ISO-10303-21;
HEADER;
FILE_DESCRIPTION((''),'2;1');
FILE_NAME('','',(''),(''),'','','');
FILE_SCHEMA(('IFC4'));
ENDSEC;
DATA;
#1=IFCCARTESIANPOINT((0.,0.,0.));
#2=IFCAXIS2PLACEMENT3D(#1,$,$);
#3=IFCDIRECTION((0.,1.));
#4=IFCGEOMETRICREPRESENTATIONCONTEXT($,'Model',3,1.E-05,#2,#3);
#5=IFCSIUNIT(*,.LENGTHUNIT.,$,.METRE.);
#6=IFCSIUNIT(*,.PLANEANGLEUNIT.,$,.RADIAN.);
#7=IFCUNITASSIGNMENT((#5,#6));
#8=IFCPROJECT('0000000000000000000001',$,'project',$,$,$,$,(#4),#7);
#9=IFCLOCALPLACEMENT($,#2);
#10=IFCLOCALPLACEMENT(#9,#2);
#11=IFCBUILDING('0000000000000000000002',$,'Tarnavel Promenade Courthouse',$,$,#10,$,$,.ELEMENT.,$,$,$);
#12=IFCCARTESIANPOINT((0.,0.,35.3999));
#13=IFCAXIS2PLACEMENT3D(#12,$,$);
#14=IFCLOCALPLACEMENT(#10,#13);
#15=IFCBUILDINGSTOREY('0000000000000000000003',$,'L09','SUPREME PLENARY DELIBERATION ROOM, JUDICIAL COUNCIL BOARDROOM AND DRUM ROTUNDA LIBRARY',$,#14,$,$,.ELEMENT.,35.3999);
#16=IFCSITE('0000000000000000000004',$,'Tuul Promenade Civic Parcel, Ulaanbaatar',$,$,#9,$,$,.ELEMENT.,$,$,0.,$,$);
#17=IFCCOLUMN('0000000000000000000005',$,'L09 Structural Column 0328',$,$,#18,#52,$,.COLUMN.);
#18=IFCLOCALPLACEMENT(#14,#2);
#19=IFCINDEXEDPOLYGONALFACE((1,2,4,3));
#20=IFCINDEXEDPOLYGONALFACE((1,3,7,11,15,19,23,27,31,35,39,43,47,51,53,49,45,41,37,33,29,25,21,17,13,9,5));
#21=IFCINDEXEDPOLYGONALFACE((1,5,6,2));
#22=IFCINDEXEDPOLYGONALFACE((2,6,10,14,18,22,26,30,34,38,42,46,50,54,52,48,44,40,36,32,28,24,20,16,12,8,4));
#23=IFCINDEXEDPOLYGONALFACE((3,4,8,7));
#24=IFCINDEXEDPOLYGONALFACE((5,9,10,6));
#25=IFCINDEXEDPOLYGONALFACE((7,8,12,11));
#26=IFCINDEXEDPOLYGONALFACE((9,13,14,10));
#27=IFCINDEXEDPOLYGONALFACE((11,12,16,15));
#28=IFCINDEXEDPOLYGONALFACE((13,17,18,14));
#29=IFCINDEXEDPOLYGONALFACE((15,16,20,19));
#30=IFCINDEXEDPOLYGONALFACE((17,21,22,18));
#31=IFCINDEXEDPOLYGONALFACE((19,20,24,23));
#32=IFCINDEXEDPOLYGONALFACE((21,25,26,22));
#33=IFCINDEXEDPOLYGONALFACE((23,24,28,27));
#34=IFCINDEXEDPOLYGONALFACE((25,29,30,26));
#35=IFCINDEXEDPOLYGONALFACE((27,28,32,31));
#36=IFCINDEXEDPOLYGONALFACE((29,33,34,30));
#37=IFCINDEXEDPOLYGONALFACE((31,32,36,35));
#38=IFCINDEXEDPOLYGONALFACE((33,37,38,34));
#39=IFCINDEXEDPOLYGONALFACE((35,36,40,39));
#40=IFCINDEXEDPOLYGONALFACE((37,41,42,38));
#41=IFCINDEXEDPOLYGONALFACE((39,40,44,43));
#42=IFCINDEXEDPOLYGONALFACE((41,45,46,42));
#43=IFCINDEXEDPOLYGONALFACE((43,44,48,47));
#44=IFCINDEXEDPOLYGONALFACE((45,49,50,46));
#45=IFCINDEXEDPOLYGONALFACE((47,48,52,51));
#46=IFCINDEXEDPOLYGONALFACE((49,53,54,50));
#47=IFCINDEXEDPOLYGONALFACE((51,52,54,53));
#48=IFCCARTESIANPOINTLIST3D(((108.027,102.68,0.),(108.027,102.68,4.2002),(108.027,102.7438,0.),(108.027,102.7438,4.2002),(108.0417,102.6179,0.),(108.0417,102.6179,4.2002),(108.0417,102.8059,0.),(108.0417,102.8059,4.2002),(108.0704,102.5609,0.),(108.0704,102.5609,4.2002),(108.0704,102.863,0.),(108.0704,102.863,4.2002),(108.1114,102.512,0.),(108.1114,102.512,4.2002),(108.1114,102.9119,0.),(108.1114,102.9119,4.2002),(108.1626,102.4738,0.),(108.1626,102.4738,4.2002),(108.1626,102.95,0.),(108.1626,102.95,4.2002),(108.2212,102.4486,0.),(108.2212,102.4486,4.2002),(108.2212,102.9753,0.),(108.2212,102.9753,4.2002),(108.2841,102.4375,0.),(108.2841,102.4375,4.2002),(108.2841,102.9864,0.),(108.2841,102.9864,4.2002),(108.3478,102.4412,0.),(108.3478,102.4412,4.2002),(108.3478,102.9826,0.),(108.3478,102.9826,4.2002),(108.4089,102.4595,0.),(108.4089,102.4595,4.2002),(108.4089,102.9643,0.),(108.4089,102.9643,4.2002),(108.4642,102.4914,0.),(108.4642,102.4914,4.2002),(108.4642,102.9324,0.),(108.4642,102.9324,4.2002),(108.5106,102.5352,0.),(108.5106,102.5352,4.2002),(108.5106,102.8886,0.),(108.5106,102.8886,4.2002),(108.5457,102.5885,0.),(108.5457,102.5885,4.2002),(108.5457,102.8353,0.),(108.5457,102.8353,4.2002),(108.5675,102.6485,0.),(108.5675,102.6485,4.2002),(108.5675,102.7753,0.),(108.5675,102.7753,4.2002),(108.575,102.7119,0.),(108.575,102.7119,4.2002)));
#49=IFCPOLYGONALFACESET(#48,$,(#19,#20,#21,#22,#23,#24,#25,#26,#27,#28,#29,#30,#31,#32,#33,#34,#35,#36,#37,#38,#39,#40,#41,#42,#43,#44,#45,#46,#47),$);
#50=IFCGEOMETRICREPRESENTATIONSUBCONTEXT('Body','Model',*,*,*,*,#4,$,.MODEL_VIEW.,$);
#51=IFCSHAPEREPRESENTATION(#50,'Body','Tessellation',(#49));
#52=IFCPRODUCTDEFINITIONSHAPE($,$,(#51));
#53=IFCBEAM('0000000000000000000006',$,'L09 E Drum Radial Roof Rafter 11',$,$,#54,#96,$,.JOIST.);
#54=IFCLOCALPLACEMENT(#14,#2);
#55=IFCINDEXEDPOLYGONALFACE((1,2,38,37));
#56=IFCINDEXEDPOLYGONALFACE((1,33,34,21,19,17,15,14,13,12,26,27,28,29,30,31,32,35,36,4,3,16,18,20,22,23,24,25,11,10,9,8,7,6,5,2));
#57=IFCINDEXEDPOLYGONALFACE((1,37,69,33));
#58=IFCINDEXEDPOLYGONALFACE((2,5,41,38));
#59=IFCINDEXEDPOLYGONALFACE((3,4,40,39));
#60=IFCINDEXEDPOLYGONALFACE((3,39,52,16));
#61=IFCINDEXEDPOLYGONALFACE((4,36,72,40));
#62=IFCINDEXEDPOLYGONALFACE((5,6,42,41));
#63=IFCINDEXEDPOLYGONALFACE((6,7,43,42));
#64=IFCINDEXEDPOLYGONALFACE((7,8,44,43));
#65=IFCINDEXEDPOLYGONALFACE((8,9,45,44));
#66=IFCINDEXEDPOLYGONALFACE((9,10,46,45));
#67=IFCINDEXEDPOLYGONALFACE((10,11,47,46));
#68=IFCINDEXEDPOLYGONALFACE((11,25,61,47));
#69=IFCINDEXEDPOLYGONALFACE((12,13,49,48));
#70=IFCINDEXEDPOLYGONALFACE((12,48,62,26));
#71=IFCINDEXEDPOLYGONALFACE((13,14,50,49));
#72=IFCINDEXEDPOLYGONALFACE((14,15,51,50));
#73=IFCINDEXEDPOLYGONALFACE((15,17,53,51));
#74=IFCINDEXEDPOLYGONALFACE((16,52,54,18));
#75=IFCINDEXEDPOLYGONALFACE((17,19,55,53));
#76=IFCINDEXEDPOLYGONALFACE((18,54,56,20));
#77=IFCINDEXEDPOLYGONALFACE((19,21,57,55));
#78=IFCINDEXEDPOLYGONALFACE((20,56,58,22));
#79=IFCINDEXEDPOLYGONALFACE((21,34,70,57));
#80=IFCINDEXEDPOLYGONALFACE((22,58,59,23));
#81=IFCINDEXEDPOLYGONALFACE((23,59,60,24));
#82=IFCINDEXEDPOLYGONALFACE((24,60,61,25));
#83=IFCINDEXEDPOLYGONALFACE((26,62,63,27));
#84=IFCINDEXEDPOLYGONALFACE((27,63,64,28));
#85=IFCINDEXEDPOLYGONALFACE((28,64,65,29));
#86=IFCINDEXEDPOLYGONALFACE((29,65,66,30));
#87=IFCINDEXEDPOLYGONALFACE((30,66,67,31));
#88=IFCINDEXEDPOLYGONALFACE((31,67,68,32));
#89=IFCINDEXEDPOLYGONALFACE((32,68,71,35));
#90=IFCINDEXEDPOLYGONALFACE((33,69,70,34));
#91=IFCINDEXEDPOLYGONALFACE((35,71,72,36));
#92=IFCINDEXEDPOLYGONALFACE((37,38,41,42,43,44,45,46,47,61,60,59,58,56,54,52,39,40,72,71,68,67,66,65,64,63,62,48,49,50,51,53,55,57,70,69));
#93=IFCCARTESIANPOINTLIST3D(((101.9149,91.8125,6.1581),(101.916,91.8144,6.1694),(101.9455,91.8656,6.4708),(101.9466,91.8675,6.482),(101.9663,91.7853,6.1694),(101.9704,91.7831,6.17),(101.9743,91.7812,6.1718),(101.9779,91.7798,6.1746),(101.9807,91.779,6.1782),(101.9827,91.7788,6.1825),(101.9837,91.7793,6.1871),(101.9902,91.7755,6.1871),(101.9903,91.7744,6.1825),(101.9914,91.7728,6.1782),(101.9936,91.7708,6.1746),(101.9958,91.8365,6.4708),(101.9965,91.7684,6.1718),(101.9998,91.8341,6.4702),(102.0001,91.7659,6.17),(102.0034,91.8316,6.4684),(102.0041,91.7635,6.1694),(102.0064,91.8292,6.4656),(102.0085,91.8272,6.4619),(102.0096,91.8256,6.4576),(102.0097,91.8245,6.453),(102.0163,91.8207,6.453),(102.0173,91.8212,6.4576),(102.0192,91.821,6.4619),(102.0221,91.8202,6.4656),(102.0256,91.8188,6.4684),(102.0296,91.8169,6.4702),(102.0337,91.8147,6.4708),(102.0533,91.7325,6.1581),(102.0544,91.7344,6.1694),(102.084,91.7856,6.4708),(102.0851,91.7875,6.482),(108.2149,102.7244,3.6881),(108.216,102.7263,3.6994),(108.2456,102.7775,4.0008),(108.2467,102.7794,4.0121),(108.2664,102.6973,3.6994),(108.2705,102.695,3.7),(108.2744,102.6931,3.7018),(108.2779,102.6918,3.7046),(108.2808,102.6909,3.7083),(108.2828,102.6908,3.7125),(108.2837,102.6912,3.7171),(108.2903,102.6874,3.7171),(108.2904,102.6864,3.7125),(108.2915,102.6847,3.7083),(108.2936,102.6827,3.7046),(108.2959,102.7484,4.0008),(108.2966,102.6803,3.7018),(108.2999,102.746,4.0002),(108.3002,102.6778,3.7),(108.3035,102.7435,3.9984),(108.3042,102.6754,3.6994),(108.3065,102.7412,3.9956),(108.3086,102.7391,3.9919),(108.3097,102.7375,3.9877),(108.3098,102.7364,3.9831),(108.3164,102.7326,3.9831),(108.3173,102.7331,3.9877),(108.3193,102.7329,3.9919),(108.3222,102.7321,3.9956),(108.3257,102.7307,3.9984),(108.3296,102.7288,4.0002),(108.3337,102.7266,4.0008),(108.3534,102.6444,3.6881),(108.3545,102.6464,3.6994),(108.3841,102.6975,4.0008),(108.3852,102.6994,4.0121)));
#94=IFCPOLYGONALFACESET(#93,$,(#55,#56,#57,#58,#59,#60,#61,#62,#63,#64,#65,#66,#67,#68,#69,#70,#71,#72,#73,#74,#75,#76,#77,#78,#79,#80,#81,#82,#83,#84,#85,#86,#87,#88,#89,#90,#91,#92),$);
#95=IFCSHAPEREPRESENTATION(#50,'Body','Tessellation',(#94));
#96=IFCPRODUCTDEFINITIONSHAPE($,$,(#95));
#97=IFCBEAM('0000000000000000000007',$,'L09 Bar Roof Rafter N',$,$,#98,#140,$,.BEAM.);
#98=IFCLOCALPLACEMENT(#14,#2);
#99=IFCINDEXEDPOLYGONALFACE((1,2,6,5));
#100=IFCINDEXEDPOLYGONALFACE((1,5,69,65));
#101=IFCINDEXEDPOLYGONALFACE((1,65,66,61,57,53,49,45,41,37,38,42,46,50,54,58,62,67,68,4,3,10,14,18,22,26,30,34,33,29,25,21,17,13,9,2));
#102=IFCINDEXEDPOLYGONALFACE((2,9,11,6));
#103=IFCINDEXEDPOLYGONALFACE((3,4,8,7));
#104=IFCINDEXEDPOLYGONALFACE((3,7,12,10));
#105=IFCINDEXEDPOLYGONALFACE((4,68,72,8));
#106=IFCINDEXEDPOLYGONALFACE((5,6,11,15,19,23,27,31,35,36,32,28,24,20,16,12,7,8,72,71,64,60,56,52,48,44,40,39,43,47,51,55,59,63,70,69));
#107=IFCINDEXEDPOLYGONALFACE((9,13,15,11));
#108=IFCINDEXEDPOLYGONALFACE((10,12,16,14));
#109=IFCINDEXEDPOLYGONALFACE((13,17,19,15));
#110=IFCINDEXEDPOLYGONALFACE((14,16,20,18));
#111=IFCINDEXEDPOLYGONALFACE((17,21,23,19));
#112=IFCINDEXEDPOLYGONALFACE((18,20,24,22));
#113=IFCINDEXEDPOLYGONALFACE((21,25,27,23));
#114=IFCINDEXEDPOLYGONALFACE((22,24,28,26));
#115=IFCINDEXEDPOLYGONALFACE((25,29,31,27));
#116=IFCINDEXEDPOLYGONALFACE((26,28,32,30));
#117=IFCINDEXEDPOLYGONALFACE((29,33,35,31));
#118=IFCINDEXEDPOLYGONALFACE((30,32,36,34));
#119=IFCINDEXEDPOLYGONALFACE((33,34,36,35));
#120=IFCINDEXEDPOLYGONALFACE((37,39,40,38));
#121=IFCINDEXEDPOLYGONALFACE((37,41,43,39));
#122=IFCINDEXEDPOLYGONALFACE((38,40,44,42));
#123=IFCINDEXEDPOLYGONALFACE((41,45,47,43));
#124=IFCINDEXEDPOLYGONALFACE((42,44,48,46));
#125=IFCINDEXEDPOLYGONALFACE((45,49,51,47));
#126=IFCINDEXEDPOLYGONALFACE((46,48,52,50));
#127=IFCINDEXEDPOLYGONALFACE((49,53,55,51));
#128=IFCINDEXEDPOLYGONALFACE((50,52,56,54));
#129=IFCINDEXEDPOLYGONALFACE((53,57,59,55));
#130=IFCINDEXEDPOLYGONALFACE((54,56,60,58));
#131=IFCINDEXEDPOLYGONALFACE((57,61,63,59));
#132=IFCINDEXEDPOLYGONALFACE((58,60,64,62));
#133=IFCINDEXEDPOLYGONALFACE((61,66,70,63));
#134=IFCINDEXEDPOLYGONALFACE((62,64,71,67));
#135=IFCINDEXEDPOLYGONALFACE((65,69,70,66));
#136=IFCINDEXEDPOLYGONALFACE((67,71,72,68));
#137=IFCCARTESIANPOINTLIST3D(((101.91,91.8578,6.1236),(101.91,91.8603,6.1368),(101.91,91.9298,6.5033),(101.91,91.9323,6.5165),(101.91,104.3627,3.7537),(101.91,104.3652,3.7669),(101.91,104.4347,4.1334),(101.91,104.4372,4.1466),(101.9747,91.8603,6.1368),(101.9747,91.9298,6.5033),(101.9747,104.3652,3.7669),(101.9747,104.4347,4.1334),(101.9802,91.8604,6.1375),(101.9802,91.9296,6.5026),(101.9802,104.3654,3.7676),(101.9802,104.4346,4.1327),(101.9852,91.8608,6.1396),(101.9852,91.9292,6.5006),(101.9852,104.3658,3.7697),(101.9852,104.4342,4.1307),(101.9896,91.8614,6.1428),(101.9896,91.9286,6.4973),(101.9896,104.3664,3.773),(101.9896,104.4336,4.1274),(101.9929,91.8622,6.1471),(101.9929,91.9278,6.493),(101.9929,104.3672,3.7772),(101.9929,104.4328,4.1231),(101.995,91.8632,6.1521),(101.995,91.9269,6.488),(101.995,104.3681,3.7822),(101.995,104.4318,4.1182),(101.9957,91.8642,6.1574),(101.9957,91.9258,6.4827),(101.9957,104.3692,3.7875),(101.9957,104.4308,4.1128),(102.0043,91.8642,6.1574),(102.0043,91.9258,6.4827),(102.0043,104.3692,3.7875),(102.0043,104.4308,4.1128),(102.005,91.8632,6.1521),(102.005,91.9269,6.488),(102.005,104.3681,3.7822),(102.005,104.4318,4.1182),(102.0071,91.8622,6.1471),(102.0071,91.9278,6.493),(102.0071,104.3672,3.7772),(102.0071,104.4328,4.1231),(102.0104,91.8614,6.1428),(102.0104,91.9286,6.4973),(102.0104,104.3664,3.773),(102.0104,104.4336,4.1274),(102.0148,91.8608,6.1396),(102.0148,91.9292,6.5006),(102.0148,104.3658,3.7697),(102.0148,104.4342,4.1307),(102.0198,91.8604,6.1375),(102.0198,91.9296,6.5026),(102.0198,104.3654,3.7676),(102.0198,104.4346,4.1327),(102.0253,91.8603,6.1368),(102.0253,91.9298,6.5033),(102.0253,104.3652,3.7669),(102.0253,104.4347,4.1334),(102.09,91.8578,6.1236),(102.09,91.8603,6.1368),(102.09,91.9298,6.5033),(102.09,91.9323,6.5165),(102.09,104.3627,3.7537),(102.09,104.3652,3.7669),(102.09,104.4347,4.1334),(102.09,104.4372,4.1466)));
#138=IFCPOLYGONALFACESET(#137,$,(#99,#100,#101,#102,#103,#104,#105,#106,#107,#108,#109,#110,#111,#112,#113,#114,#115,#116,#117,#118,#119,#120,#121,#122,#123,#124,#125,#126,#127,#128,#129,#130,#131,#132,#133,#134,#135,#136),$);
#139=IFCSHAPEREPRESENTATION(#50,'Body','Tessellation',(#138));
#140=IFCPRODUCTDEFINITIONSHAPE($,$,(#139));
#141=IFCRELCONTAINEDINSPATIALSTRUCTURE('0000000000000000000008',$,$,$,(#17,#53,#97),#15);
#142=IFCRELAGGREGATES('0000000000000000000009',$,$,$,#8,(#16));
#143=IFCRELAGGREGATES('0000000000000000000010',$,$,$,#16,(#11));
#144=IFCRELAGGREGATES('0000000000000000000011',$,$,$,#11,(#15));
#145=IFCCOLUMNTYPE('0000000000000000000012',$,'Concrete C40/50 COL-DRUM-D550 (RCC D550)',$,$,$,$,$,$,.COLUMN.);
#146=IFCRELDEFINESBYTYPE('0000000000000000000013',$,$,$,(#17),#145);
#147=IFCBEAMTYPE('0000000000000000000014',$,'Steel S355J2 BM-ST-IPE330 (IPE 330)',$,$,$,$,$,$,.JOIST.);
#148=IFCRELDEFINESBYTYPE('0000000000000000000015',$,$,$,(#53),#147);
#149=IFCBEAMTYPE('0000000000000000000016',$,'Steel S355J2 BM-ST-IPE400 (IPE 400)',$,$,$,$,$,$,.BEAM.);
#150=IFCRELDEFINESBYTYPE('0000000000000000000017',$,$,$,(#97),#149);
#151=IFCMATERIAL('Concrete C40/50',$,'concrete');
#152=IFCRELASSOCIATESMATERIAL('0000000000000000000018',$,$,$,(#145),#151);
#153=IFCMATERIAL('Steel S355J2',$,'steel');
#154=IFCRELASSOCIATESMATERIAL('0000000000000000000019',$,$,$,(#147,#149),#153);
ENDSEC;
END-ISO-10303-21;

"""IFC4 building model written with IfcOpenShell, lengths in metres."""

from ifc_helpers import new_model, si_unit, direction, frame, origin, origin_2d, place, context, subcontext, project, spatial, circle, i_section, extrude, material, material_profile, profile_set, type_object, element, save


model = new_model("IFC4")

# Units and contexts
model_context = context("Model", 3, precision=1e-05, world=origin(), true_north=direction((0.0, 1.0)))
body_context = subcontext(model_context, "Body", "Model", "MODEL_VIEW")
ifc_project = project(units=[si_unit("LENGTHUNIT", "METRE"), si_unit("PLANEANGLEUNIT", "RADIAN")], contexts=[model_context])

# Site, building, storey
site_placement = place(None, origin())
site = spatial("IfcSite", under=ifc_project, at=site_placement, Name="Tuul Promenade Civic Parcel, Ulaanbaatar", CompositionType="ELEMENT", RefElevation=0.0)
building_placement = place(site_placement, origin())
building = spatial("IfcBuilding", under=site, at=building_placement, Name="Tarnavel Promenade Courthouse", CompositionType="ELEMENT")
storey_placement = place(building_placement, frame((0.0, 0.0, 35.3999)))
storey = spatial("IfcBuildingStorey", under=building, at=storey_placement, Name="L09", Description="SUPREME PLENARY DELIBERATION ROOM, JUDICIAL COUNCIL BOARDROOM AND DRUM ROTUNDA LIBRARY", CompositionType="ELEMENT", Elevation=35.3999)

# Column
ifc_material_1 = material(Name="Concrete C40/50", Category="concrete")
ifc_material_profile_1 = material_profile(ifc_material_1, circle(Radius=0.2749, at=origin_2d()), Name="RCC D550")
ifc_profile_set_1 = profile_set([ifc_material_profile_1], Name="Concrete C40/50")
column_type = type_object("IfcColumnType", Name="Concrete C40/50 COL-DRUM-D550 (RCC D550)", PredefinedType="COLUMN", material=ifc_profile_set_1)
column_placement = place(storey_placement, frame((108.3, 102.7119, 0.0), z_axis=(0.0, 0.0, 1.0), x_axis=(1.0, 0.0, 0.0)))
element("IfcColumn", 1, at=column_placement, inside=storey, type_object=column_type, Name="L09 Structural Column 0328", PredefinedType="COLUMN", context=body_context, shape_type="SweptSolid", body=[
    extrude(circle(Radius=0.2749, at=origin_2d()), origin(), (0.0, 0.0, 1.0), 4.2002),
])

# Beams
ifc_material_2 = material(Name="Steel S355J2", Category="steel")
ifc_material_profile_2 = material_profile(ifc_material_2, i_section(OverallWidth=0.1599, OverallDepth=0.3301, WebThickness=0.0076, FlangeThickness=0.0115, FilletRadius=0.0181, at=origin_2d()), Name="IPE 330")
ifc_profile_set_2 = profile_set([ifc_material_profile_2], Name="Steel S355J2")
beam_type_1 = type_object("IfcBeamType", Name="Steel S355J2 BM-ST-IPE330 (IPE 330)", PredefinedType="JOIST", material=ifc_profile_set_2)
beam_1_placement = place(storey_placement, frame((108.3, 102.7119, 3.8501), z_axis=(-0.490666, -0.849848, 0.192368), x_axis=(0.866023, -0.500005, 0.0)))
element("IfcBeam", 2, at=beam_1_placement, inside=storey, type_object=beam_type_1, Name="L09 E Drum Radial Roof Rafter 11", PredefinedType="JOIST", context=body_context, shape_type="SweptSolid", body=[
    extrude(i_section(OverallWidth=0.1599, OverallDepth=0.3301, WebThickness=0.0076, FlangeThickness=0.0115, FilletRadius=0.0181, at=origin_2d()), origin(), (0.0, 0.0, 1.0), 12.8398),
])
ifc_material_profile_3 = material_profile(ifc_material_2, i_section(OverallWidth=0.1799, OverallDepth=0.3999, WebThickness=0.0085, FlangeThickness=0.0134, FilletRadius=0.021, at=origin_2d()), Name="IPE 400")
ifc_profile_set_3 = profile_set([ifc_material_profile_3], Name="Steel S355J2")
beam_type_2 = type_object("IfcBeamType", Name="Steel S355J2 BM-ST-IPE400 (IPE 400)", PredefinedType="BEAM", material=ifc_profile_set_3)
beam_2_placement = place(storey_placement, frame((102.0, 91.895, 6.3201), z_axis=(0.0, 0.982512, -0.186201), x_axis=(-1.0, 0.0, 0.0)))
element("IfcBeam", 3, at=beam_2_placement, inside=storey, type_object=beam_type_2, Name="L09 Bar Roof Rafter N", PredefinedType="BEAM", context=body_context, shape_type="SweptSolid", body=[
    extrude(i_section(OverallWidth=0.1799, OverallDepth=0.3999, WebThickness=0.0085, FlangeThickness=0.0134, FilletRadius=0.021, at=origin_2d()), origin(), (0.0, 0.0, 1.0), 12.7275),
])

save(model, "model.ifc")
